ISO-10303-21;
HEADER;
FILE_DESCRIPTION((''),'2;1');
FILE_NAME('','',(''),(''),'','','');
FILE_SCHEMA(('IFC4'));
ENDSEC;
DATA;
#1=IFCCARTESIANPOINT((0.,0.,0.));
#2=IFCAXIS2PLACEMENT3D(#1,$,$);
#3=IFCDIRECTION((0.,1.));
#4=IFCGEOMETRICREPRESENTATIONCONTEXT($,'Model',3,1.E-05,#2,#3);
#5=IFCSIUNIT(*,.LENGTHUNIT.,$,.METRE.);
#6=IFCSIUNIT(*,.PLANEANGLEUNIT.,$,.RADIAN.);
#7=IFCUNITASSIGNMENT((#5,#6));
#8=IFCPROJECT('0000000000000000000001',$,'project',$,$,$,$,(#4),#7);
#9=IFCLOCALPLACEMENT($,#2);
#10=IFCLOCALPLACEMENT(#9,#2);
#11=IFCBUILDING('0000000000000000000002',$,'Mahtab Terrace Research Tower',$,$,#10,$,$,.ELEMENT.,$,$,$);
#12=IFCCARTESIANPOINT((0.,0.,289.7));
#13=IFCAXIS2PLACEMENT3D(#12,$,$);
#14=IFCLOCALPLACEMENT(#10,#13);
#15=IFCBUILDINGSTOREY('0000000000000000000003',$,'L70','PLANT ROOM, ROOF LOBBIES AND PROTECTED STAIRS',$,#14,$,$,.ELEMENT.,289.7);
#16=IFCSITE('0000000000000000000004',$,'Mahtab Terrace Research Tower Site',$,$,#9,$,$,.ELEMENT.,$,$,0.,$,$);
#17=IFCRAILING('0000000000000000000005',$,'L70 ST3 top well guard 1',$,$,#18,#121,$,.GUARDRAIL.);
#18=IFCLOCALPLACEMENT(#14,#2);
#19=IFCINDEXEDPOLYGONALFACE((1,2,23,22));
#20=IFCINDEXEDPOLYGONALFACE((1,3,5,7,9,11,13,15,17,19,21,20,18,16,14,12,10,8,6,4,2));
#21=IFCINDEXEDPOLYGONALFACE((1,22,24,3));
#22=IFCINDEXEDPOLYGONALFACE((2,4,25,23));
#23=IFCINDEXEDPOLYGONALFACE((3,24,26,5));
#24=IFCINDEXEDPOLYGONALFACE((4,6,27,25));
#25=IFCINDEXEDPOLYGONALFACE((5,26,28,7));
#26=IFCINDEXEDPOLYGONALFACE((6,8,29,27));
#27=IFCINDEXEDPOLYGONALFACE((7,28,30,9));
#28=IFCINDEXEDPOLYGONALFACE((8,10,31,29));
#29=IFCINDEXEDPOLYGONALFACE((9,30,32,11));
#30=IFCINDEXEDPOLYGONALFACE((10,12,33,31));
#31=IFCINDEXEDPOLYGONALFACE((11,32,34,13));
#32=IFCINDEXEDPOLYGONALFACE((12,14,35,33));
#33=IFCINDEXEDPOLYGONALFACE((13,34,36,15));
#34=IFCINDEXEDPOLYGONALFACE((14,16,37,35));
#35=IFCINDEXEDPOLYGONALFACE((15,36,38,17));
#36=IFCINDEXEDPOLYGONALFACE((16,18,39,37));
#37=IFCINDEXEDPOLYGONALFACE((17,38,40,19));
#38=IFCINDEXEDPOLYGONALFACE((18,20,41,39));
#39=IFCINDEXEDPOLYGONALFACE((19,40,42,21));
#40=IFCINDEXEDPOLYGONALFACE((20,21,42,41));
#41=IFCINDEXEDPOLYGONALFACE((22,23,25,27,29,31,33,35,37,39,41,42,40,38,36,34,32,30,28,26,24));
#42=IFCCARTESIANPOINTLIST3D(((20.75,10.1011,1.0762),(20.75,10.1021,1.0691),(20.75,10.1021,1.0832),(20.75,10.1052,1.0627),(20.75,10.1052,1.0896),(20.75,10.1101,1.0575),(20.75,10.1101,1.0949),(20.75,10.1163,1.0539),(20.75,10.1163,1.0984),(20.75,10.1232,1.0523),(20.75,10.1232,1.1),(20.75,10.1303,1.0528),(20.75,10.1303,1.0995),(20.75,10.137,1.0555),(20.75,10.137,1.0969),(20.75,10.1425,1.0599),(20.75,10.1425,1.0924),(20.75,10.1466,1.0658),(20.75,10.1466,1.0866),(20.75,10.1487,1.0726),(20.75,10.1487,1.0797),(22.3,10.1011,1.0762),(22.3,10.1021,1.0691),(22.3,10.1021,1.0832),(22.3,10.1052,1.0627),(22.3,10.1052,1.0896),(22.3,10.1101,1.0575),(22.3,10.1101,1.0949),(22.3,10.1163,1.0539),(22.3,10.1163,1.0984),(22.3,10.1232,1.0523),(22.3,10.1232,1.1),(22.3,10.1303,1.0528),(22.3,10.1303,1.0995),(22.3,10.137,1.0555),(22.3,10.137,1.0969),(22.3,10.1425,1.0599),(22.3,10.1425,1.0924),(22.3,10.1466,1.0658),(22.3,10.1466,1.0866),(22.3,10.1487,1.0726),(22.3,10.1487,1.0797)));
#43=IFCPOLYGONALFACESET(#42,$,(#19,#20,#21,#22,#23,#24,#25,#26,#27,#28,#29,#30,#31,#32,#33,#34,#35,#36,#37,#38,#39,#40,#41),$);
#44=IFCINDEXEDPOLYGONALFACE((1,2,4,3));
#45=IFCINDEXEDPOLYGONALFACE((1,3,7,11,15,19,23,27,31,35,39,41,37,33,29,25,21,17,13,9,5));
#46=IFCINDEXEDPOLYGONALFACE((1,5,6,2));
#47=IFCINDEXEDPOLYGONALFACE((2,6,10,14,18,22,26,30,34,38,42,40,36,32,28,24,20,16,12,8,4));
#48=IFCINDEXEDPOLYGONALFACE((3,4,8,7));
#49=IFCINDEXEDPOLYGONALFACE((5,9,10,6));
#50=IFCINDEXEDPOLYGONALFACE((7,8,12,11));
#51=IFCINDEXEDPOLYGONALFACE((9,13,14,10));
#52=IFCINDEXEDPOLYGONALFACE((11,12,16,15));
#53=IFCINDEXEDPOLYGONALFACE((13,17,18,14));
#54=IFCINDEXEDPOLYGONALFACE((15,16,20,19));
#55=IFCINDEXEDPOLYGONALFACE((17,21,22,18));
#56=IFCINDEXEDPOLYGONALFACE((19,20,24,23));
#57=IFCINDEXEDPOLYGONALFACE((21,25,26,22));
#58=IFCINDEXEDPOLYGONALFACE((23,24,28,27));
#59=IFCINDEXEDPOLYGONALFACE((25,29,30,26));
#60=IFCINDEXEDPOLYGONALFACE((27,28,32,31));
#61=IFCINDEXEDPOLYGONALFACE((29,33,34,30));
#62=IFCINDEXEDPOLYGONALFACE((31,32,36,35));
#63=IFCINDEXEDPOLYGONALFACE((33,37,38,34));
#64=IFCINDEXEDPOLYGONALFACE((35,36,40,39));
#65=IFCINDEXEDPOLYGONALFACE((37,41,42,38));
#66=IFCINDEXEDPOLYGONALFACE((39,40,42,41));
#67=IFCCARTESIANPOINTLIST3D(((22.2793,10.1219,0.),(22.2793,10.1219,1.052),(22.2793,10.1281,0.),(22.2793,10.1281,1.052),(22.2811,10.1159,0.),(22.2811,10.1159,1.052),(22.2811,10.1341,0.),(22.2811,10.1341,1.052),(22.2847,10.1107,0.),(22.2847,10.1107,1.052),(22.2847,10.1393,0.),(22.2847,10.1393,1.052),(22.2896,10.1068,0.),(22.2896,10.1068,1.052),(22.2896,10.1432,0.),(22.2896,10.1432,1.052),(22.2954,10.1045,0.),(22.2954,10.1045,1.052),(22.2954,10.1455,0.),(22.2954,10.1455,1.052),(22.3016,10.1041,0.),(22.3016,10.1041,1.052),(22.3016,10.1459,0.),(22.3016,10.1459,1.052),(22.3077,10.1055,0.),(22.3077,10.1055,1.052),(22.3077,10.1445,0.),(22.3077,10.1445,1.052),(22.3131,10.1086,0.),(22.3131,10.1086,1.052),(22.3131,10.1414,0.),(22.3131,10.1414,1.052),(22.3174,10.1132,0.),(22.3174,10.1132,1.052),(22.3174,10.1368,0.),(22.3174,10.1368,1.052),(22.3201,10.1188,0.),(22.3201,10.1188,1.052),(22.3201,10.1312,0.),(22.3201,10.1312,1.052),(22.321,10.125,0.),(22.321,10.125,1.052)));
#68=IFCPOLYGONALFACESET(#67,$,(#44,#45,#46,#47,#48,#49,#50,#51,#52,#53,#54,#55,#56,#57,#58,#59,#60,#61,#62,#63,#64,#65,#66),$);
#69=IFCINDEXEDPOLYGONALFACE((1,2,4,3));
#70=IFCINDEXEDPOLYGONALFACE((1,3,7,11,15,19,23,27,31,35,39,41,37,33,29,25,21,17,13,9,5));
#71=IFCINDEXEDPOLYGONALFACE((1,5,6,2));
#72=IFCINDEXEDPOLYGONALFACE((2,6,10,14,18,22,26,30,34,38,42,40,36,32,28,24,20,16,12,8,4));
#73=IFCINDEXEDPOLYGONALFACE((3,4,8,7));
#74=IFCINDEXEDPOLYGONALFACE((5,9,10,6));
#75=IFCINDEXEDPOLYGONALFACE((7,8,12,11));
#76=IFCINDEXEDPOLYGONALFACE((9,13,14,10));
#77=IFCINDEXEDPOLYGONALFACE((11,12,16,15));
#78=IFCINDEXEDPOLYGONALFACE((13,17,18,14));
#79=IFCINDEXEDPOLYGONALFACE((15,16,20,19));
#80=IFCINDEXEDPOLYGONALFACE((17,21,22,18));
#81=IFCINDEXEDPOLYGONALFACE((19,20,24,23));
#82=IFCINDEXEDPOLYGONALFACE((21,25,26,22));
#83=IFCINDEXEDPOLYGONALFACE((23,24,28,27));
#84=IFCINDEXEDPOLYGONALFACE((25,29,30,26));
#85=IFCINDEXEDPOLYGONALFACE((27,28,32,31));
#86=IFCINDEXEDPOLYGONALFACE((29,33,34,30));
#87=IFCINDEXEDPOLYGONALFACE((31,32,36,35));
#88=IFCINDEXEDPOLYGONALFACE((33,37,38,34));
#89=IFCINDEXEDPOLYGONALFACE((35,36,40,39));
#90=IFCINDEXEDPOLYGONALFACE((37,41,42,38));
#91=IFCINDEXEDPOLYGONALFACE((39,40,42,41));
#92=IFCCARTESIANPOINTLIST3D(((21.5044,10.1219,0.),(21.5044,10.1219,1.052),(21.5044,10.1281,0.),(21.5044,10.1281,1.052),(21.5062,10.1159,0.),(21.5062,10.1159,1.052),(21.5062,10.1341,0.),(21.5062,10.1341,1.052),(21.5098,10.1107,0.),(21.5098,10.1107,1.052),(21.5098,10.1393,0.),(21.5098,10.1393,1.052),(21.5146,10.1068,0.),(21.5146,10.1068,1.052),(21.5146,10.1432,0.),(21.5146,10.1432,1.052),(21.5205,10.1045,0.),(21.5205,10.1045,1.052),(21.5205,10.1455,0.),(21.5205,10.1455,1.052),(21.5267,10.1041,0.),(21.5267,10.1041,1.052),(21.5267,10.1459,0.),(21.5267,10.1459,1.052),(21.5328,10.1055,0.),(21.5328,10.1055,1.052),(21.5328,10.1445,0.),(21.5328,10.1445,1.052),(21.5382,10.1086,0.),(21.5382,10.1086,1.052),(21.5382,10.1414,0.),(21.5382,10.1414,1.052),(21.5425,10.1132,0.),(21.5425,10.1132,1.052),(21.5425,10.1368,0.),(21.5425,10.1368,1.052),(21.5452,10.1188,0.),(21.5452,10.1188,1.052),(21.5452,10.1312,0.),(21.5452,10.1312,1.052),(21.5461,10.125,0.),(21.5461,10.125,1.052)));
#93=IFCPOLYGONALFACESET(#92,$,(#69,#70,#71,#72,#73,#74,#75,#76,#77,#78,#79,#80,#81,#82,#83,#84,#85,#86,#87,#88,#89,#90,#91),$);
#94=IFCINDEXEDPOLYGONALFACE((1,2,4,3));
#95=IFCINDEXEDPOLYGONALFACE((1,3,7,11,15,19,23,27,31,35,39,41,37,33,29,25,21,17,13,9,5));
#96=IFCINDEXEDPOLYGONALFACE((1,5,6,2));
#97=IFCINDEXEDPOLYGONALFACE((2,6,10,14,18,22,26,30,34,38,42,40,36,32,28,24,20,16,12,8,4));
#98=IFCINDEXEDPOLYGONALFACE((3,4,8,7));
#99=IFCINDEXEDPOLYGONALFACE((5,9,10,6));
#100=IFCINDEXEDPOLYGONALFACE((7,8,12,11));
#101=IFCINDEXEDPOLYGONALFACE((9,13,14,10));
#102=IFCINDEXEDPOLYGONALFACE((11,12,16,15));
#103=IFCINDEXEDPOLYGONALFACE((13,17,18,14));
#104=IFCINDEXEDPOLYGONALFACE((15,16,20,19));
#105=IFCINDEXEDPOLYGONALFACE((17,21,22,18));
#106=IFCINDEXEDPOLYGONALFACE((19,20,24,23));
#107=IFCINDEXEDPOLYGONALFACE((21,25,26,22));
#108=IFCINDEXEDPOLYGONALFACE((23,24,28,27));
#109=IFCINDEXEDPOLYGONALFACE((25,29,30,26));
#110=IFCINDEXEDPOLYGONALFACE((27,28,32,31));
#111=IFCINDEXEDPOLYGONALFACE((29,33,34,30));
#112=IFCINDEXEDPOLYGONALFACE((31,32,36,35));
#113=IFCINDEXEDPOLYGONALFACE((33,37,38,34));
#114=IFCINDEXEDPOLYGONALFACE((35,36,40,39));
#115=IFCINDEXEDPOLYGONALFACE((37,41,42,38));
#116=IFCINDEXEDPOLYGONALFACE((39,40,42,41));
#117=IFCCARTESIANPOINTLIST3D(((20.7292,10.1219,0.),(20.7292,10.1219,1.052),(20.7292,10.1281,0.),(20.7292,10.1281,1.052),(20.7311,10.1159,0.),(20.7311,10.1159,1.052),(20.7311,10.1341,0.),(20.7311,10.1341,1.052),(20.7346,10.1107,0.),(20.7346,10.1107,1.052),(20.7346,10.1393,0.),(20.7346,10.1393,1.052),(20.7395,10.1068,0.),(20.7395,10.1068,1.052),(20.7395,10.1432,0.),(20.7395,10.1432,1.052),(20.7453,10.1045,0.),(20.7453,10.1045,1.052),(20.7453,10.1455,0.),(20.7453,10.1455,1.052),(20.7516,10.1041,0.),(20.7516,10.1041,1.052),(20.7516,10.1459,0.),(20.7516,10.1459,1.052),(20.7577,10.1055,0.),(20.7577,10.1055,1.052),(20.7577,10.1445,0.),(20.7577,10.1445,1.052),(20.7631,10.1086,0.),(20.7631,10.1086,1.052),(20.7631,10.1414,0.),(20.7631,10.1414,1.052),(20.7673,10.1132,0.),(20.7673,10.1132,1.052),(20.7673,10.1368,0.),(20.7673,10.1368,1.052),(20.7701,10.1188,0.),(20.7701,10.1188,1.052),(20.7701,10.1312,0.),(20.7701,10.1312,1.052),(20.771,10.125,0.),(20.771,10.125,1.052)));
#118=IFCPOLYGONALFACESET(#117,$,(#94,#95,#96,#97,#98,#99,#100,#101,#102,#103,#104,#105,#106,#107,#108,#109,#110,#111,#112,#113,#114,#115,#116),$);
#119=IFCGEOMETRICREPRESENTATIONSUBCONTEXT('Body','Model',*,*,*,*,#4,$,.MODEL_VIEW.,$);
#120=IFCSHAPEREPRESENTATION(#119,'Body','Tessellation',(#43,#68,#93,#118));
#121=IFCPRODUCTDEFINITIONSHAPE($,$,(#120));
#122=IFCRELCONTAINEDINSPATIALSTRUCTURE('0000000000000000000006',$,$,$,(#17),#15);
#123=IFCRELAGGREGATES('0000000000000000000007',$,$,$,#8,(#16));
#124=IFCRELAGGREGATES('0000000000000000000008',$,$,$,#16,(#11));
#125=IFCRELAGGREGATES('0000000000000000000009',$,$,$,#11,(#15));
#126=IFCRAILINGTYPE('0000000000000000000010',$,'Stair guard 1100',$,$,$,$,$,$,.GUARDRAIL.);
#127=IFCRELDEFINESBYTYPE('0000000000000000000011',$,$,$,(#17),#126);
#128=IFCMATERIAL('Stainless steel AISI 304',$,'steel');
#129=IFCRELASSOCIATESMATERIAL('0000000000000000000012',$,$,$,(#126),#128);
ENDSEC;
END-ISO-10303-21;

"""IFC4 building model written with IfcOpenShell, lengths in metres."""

from ifc_helpers import new_model, si_unit, direction, frame, origin, origin_2d, place, context, subcontext, project, spatial, circle, extrude, material, type_object, element, save


model = new_model("IFC4")

# Units and contexts
model_context = context("Model", 3, precision=1e-05, world=origin(), true_north=direction((0.0, 1.0)))
body_context = subcontext(model_context, "Body", "Model", "MODEL_VIEW")
ifc_project = project(units=[si_unit("LENGTHUNIT", "METRE"), si_unit("PLANEANGLEUNIT", "RADIAN")], contexts=[model_context])

# Site, building, storey
site_placement = place(None, origin())
site = spatial("IfcSite", under=ifc_project, at=site_placement, Name="Mahtab Terrace Research Tower Site", CompositionType="ELEMENT", RefElevation=0.0)
building_placement = place(site_placement, origin())
building = spatial("IfcBuilding", under=site, at=building_placement, Name="Mahtab Terrace Research Tower", CompositionType="ELEMENT")
storey_placement = place(building_placement, frame((0.0, 0.0, 289.7)))
storey = spatial("IfcBuildingStorey", under=building, at=storey_placement, Name="L70", Description="PLANT ROOM, ROOF LOBBIES AND PROTECTED STAIRS", CompositionType="ELEMENT", Elevation=289.7)

# Shared definitions
ifc_material_1 = material(Name="Stainless steel AISI 304", Category="steel")

# Railing
railing_type = type_object("IfcRailingType", Name="Stair guard 1100", PredefinedType="GUARDRAIL", material=ifc_material_1)
railing_placement = place(storey_placement, frame((22.3, 10.125, 0.0)))
element("IfcRailing", 1, at=railing_placement, inside=storey, type_object=railing_type, Name="L70 ST3 top well guard 1", PredefinedType="GUARDRAIL", context=body_context, shape_type="SweptSolid", body=[
    extrude(circle(Radius=0.0239, at=origin_2d()), frame((0.0, 0.0, 1.0762), z_axis=(-1.0, 0.0, 0.0), x_axis=(0.0, -1.0, 0.0)), (0.0, 0.0, 1.0), 1.55),
    extrude(circle(Radius=0.021, at=origin_2d()), origin(), (0.0, 0.0, 1.0), 1.052),
    extrude(circle(Radius=0.021, at=origin_2d()), frame((-0.7749, 0.0, 0.0)), (0.0, 0.0, 1.0), 1.052),
    extrude(circle(Radius=0.021, at=origin_2d()), frame((-1.55, 0.0, 0.0)), (0.0, 0.0, 1.0), 1.052),
])

save(model, "model.ifc")
